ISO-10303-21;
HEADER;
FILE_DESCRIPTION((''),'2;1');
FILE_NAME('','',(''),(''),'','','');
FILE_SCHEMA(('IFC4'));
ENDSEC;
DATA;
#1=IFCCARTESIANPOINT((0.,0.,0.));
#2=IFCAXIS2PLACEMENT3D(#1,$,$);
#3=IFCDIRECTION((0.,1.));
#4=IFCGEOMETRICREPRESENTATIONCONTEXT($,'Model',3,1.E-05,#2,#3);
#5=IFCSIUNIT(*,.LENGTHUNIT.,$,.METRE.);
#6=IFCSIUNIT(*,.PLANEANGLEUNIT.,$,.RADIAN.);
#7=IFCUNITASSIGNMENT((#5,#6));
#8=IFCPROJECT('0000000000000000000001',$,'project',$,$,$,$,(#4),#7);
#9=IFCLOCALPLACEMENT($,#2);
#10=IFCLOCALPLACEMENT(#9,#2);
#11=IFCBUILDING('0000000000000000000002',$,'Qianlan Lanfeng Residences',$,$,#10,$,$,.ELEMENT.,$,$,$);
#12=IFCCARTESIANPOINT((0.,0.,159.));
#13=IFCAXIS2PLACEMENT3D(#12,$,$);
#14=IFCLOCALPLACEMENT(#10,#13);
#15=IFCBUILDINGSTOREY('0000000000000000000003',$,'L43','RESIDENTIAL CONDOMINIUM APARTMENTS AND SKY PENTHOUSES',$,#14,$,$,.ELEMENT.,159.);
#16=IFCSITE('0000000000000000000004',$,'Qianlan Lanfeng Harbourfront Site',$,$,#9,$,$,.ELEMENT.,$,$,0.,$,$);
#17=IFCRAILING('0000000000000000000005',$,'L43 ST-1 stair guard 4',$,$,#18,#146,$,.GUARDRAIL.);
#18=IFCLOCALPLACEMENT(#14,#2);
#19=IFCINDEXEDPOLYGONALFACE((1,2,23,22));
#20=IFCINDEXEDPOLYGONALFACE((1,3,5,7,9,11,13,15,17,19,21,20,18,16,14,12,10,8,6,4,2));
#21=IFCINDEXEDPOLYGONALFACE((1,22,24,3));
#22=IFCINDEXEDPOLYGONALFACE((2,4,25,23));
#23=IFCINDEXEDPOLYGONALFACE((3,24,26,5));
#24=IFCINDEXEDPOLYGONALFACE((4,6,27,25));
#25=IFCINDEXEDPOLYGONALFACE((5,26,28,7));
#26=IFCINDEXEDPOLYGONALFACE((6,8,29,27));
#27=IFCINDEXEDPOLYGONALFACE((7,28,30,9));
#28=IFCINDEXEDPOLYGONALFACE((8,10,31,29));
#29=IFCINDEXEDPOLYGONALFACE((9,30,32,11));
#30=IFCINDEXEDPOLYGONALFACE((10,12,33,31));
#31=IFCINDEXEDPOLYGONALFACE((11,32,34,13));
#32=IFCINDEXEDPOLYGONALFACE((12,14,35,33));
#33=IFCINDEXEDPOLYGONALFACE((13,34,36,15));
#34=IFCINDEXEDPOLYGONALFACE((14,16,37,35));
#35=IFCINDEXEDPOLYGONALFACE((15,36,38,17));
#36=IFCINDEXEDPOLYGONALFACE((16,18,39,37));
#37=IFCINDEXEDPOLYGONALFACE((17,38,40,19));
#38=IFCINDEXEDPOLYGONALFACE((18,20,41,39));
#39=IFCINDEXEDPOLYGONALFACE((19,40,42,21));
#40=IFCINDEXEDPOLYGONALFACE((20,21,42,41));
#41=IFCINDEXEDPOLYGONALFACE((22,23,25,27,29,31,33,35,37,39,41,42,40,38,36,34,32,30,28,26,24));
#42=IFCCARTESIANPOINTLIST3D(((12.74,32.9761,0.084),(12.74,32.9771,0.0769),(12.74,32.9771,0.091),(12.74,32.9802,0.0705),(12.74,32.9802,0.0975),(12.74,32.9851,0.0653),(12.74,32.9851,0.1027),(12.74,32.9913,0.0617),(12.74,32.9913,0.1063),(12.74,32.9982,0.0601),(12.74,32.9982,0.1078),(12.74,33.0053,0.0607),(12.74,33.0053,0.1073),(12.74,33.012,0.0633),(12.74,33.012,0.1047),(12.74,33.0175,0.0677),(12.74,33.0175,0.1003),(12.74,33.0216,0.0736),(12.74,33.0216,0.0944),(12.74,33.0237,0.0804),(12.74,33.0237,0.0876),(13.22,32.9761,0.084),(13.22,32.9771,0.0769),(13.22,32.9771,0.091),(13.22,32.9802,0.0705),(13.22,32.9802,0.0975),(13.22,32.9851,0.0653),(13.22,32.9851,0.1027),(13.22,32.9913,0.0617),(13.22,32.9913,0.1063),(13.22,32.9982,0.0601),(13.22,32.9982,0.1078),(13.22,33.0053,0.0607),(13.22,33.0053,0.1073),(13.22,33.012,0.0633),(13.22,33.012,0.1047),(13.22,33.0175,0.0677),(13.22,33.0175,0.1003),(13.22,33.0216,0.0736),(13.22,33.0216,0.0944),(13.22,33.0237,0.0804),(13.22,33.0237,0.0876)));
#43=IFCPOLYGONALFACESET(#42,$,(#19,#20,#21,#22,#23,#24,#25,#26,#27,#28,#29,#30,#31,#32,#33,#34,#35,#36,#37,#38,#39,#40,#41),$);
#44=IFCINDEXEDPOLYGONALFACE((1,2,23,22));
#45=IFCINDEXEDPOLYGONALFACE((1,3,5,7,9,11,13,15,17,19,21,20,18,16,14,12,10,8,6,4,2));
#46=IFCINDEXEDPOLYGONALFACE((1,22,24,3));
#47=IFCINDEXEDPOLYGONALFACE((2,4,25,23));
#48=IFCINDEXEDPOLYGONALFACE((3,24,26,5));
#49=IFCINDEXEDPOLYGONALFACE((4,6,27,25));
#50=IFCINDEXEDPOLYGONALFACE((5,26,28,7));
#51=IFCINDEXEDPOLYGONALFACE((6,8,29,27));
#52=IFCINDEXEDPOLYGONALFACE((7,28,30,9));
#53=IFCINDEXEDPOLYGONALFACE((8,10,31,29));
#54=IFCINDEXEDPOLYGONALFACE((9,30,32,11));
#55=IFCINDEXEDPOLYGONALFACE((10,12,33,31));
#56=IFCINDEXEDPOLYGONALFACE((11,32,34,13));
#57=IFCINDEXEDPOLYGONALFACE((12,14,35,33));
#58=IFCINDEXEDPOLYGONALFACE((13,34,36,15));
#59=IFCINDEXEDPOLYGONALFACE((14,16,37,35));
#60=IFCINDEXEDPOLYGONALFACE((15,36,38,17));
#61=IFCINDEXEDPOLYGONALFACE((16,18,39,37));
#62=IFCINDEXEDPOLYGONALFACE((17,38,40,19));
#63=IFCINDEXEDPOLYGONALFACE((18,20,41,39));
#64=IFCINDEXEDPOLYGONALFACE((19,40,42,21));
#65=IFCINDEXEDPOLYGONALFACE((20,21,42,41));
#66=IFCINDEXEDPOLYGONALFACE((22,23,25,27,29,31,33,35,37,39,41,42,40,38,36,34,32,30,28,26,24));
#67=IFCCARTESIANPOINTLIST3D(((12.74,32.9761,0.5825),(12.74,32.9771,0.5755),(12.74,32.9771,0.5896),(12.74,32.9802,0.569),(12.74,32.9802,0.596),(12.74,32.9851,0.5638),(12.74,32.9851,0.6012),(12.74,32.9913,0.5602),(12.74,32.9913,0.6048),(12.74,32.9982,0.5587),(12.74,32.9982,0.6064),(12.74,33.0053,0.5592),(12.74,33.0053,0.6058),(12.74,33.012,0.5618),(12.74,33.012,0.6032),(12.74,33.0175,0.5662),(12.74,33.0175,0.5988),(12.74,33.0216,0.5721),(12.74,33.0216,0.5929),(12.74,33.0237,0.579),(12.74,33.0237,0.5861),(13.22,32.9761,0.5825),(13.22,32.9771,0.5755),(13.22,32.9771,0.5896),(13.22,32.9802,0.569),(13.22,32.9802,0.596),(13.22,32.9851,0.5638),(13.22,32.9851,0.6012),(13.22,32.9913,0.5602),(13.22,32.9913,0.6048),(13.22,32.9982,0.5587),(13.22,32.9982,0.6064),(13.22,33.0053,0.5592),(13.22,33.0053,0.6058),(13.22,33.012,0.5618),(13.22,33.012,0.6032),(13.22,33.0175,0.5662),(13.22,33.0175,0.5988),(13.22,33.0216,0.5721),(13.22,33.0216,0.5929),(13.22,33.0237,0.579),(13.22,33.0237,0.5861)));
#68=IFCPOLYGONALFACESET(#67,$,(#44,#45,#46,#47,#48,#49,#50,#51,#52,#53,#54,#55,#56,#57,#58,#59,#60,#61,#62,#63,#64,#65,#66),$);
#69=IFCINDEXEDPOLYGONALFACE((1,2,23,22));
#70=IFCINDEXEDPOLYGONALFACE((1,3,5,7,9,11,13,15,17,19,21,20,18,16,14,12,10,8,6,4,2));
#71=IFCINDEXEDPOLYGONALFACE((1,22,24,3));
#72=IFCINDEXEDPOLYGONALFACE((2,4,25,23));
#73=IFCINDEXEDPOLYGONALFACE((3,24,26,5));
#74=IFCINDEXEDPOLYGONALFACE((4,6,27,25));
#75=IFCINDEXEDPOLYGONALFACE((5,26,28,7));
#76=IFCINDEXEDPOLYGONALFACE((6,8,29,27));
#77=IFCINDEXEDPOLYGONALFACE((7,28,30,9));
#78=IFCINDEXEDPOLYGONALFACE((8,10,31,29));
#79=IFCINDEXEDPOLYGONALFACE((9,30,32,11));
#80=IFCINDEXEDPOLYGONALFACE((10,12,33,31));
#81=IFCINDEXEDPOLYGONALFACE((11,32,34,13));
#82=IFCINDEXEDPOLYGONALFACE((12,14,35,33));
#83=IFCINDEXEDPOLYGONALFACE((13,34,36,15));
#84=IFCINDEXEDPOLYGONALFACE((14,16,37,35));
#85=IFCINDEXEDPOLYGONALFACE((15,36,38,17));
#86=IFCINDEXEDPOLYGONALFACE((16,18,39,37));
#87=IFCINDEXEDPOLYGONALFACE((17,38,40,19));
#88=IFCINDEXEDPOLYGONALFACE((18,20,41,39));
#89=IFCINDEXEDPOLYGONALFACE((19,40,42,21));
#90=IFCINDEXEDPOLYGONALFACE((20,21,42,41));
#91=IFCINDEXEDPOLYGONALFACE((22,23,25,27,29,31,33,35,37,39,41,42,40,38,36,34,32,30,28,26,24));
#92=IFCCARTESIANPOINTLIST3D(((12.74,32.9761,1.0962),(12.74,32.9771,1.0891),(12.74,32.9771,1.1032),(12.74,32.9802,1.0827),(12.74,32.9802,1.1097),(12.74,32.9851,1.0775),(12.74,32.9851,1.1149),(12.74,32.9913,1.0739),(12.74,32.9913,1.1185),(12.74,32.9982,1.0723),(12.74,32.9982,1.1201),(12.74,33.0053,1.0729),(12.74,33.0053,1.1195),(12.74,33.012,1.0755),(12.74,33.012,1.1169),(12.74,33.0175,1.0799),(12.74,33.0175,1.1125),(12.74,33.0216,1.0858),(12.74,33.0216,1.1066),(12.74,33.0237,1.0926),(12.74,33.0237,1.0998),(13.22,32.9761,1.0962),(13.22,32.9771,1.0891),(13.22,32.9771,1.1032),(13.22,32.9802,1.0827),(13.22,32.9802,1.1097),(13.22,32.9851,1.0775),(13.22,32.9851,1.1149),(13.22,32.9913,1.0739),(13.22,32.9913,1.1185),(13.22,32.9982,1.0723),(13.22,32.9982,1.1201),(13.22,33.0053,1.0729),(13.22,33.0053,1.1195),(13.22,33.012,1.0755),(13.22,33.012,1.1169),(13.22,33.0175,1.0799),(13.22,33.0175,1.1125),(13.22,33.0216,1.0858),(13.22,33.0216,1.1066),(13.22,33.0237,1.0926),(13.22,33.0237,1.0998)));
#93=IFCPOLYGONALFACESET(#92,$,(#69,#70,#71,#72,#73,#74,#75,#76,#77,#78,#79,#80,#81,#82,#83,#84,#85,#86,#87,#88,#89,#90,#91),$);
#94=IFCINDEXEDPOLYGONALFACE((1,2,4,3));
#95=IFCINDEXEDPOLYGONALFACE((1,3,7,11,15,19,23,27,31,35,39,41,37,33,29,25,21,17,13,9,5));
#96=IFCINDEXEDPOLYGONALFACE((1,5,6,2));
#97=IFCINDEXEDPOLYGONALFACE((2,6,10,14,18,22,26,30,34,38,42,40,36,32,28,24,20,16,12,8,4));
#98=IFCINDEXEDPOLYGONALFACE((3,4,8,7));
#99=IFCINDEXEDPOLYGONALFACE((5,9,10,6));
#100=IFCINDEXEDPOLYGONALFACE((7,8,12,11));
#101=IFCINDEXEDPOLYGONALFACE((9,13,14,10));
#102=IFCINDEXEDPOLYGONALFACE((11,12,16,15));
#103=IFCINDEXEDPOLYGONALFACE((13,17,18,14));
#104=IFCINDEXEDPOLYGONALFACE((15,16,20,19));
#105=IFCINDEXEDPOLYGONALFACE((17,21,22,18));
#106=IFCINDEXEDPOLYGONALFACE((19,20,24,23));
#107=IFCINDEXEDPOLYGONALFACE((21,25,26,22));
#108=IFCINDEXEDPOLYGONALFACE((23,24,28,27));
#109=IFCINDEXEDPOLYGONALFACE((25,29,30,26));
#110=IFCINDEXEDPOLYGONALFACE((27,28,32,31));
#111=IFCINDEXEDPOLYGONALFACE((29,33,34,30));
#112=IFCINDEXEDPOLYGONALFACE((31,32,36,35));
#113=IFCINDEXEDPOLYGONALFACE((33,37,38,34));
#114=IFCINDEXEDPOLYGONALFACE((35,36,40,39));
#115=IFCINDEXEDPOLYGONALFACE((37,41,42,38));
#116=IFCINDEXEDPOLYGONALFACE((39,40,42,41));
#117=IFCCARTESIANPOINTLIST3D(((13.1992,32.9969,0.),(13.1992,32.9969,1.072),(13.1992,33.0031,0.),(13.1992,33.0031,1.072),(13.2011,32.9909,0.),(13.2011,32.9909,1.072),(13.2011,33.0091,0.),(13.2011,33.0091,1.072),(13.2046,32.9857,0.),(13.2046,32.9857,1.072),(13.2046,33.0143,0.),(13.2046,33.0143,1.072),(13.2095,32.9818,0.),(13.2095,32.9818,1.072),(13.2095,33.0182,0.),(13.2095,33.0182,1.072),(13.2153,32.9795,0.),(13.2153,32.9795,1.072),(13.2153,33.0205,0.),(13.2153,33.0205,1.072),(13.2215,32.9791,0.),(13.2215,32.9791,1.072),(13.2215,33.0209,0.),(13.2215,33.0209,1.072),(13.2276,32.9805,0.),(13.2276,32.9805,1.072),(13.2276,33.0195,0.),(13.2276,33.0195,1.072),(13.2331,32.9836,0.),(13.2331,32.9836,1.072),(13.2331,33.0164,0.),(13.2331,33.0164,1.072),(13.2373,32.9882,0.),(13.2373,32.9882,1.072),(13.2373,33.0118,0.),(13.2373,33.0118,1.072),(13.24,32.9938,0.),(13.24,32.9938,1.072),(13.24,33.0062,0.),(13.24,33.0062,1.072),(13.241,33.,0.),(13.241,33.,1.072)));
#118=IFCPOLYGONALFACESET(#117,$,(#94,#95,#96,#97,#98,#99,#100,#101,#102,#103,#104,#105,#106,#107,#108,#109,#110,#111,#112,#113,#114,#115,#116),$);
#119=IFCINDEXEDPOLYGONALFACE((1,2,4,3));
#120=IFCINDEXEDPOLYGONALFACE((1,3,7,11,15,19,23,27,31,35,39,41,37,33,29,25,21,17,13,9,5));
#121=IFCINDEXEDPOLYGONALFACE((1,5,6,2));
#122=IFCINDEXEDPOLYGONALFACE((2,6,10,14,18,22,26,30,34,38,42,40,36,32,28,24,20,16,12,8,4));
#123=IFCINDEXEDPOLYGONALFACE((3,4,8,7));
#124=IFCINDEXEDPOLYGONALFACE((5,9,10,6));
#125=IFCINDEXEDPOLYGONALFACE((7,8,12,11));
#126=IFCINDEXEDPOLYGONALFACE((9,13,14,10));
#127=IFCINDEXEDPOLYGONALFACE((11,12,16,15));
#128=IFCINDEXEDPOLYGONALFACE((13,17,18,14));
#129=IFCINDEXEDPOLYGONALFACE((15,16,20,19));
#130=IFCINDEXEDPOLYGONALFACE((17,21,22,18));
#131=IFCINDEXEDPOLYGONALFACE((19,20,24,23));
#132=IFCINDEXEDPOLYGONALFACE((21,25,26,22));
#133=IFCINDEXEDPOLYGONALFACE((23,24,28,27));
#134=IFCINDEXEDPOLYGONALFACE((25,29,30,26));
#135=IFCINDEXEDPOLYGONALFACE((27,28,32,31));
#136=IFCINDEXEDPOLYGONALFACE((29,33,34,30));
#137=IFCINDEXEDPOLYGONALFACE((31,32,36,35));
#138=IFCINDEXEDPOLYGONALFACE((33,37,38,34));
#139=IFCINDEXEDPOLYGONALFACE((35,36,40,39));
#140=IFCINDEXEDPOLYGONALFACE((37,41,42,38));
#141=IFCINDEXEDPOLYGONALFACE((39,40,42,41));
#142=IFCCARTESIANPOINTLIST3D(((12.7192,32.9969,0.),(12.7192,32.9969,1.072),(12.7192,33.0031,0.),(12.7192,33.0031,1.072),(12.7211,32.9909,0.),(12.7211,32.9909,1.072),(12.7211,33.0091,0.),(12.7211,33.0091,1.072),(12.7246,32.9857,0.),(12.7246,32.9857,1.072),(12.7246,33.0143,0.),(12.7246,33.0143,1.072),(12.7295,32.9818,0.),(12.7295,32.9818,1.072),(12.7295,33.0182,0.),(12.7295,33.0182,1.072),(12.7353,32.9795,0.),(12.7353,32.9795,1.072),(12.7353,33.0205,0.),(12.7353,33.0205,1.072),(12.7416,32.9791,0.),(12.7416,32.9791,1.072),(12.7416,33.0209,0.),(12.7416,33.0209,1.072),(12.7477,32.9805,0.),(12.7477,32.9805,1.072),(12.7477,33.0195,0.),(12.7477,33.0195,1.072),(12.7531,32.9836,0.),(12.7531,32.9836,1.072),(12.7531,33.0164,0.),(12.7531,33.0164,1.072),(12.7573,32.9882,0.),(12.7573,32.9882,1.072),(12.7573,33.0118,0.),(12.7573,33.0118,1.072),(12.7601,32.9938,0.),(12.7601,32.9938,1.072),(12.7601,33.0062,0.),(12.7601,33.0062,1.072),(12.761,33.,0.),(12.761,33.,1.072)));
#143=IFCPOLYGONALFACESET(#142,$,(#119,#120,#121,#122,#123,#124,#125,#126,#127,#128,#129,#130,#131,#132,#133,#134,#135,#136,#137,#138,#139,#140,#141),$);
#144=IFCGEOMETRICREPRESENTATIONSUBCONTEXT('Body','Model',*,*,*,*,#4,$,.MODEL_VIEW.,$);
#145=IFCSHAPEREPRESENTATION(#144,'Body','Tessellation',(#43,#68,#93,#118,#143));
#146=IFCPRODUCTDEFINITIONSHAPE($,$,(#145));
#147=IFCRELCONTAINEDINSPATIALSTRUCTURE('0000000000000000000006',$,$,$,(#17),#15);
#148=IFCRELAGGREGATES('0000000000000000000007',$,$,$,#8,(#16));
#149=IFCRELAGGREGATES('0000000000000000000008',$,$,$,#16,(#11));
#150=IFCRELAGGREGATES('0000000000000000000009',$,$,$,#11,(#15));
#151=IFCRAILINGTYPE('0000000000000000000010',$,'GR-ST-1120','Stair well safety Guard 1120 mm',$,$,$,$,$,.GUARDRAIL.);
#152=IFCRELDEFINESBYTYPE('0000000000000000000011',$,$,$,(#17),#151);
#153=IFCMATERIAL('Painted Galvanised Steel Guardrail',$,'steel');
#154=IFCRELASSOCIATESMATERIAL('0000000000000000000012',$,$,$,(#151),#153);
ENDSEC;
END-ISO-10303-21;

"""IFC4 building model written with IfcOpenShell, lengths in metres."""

from ifc_helpers import new_model, si_unit, direction, frame, origin, origin_2d, place, context, subcontext, project, spatial, circle, extrude, material, type_object, element, save


model = new_model("IFC4")

# Units and contexts
model_context = context("Model", 3, precision=1e-05, world=origin(), true_north=direction((0.0, 1.0)))
body_context = subcontext(model_context, "Body", "Model", "MODEL_VIEW")
ifc_project = project(units=[si_unit("LENGTHUNIT", "METRE"), si_unit("PLANEANGLEUNIT", "RADIAN")], contexts=[model_context])

# Site, building, storey
site_placement = place(None, origin())
site = spatial("IfcSite", under=ifc_project, at=site_placement, Name="Qianlan Lanfeng Harbourfront Site", CompositionType="ELEMENT", RefElevation=0.0)
building_placement = place(site_placement, origin())
building = spatial("IfcBuilding", under=site, at=building_placement, Name="Qianlan Lanfeng Residences", CompositionType="ELEMENT")
storey_placement = place(building_placement, frame((0.0, 0.0, 159.0)))
storey = spatial("IfcBuildingStorey", under=building, at=storey_placement, Name="L43", Description="RESIDENTIAL CONDOMINIUM APARTMENTS AND SKY PENTHOUSES", CompositionType="ELEMENT", Elevation=159.0)

# Railing
ifc_material_1 = material(Name="Painted Galvanised Steel Guardrail", Category="steel")
railing_type_1 = type_object("IfcRailingType", Name="GR-ST-1120", Description="Stair well safety Guard 1120 mm", PredefinedType="GUARDRAIL", material=ifc_material_1)
railing_1_placement = place(storey_placement, frame((13.22, 33.0, 0.0)))
element("IfcRailing", 1, at=railing_1_placement, inside=storey, type_object=railing_type_1, Name="L43 ST-1 stair guard 4", PredefinedType="GUARDRAIL", context=body_context, shape_type="SweptSolid", body=[
    extrude(circle(Radius=0.0239, at=origin_2d()), frame((0.0, 0.0, 0.084), z_axis=(-1.0, 0.0, 0.0), x_axis=(0.0, -1.0, 0.0)), (0.0, 0.0, 1.0), 0.48),
    extrude(circle(Radius=0.0239, at=origin_2d()), frame((0.0, 0.0, 0.5825), z_axis=(-1.0, 0.0, 0.0), x_axis=(0.0, -1.0, 0.0)), (0.0, 0.0, 1.0), 0.48),
    extrude(circle(Radius=0.0239, at=origin_2d()), frame((0.0, 0.0, 1.0962), z_axis=(-1.0, 0.0, 0.0), x_axis=(0.0, -1.0, 0.0)), (0.0, 0.0, 1.0), 0.48),
    extrude(circle(Radius=0.021, at=origin_2d()), origin(), (0.0, 0.0, 1.0), 1.072),
    extrude(circle(Radius=0.021, at=origin_2d()), frame((-0.48, 0.0, 0.0)), (0.0, 0.0, 1.0), 1.072),
])

save(model, "model.ifc")
